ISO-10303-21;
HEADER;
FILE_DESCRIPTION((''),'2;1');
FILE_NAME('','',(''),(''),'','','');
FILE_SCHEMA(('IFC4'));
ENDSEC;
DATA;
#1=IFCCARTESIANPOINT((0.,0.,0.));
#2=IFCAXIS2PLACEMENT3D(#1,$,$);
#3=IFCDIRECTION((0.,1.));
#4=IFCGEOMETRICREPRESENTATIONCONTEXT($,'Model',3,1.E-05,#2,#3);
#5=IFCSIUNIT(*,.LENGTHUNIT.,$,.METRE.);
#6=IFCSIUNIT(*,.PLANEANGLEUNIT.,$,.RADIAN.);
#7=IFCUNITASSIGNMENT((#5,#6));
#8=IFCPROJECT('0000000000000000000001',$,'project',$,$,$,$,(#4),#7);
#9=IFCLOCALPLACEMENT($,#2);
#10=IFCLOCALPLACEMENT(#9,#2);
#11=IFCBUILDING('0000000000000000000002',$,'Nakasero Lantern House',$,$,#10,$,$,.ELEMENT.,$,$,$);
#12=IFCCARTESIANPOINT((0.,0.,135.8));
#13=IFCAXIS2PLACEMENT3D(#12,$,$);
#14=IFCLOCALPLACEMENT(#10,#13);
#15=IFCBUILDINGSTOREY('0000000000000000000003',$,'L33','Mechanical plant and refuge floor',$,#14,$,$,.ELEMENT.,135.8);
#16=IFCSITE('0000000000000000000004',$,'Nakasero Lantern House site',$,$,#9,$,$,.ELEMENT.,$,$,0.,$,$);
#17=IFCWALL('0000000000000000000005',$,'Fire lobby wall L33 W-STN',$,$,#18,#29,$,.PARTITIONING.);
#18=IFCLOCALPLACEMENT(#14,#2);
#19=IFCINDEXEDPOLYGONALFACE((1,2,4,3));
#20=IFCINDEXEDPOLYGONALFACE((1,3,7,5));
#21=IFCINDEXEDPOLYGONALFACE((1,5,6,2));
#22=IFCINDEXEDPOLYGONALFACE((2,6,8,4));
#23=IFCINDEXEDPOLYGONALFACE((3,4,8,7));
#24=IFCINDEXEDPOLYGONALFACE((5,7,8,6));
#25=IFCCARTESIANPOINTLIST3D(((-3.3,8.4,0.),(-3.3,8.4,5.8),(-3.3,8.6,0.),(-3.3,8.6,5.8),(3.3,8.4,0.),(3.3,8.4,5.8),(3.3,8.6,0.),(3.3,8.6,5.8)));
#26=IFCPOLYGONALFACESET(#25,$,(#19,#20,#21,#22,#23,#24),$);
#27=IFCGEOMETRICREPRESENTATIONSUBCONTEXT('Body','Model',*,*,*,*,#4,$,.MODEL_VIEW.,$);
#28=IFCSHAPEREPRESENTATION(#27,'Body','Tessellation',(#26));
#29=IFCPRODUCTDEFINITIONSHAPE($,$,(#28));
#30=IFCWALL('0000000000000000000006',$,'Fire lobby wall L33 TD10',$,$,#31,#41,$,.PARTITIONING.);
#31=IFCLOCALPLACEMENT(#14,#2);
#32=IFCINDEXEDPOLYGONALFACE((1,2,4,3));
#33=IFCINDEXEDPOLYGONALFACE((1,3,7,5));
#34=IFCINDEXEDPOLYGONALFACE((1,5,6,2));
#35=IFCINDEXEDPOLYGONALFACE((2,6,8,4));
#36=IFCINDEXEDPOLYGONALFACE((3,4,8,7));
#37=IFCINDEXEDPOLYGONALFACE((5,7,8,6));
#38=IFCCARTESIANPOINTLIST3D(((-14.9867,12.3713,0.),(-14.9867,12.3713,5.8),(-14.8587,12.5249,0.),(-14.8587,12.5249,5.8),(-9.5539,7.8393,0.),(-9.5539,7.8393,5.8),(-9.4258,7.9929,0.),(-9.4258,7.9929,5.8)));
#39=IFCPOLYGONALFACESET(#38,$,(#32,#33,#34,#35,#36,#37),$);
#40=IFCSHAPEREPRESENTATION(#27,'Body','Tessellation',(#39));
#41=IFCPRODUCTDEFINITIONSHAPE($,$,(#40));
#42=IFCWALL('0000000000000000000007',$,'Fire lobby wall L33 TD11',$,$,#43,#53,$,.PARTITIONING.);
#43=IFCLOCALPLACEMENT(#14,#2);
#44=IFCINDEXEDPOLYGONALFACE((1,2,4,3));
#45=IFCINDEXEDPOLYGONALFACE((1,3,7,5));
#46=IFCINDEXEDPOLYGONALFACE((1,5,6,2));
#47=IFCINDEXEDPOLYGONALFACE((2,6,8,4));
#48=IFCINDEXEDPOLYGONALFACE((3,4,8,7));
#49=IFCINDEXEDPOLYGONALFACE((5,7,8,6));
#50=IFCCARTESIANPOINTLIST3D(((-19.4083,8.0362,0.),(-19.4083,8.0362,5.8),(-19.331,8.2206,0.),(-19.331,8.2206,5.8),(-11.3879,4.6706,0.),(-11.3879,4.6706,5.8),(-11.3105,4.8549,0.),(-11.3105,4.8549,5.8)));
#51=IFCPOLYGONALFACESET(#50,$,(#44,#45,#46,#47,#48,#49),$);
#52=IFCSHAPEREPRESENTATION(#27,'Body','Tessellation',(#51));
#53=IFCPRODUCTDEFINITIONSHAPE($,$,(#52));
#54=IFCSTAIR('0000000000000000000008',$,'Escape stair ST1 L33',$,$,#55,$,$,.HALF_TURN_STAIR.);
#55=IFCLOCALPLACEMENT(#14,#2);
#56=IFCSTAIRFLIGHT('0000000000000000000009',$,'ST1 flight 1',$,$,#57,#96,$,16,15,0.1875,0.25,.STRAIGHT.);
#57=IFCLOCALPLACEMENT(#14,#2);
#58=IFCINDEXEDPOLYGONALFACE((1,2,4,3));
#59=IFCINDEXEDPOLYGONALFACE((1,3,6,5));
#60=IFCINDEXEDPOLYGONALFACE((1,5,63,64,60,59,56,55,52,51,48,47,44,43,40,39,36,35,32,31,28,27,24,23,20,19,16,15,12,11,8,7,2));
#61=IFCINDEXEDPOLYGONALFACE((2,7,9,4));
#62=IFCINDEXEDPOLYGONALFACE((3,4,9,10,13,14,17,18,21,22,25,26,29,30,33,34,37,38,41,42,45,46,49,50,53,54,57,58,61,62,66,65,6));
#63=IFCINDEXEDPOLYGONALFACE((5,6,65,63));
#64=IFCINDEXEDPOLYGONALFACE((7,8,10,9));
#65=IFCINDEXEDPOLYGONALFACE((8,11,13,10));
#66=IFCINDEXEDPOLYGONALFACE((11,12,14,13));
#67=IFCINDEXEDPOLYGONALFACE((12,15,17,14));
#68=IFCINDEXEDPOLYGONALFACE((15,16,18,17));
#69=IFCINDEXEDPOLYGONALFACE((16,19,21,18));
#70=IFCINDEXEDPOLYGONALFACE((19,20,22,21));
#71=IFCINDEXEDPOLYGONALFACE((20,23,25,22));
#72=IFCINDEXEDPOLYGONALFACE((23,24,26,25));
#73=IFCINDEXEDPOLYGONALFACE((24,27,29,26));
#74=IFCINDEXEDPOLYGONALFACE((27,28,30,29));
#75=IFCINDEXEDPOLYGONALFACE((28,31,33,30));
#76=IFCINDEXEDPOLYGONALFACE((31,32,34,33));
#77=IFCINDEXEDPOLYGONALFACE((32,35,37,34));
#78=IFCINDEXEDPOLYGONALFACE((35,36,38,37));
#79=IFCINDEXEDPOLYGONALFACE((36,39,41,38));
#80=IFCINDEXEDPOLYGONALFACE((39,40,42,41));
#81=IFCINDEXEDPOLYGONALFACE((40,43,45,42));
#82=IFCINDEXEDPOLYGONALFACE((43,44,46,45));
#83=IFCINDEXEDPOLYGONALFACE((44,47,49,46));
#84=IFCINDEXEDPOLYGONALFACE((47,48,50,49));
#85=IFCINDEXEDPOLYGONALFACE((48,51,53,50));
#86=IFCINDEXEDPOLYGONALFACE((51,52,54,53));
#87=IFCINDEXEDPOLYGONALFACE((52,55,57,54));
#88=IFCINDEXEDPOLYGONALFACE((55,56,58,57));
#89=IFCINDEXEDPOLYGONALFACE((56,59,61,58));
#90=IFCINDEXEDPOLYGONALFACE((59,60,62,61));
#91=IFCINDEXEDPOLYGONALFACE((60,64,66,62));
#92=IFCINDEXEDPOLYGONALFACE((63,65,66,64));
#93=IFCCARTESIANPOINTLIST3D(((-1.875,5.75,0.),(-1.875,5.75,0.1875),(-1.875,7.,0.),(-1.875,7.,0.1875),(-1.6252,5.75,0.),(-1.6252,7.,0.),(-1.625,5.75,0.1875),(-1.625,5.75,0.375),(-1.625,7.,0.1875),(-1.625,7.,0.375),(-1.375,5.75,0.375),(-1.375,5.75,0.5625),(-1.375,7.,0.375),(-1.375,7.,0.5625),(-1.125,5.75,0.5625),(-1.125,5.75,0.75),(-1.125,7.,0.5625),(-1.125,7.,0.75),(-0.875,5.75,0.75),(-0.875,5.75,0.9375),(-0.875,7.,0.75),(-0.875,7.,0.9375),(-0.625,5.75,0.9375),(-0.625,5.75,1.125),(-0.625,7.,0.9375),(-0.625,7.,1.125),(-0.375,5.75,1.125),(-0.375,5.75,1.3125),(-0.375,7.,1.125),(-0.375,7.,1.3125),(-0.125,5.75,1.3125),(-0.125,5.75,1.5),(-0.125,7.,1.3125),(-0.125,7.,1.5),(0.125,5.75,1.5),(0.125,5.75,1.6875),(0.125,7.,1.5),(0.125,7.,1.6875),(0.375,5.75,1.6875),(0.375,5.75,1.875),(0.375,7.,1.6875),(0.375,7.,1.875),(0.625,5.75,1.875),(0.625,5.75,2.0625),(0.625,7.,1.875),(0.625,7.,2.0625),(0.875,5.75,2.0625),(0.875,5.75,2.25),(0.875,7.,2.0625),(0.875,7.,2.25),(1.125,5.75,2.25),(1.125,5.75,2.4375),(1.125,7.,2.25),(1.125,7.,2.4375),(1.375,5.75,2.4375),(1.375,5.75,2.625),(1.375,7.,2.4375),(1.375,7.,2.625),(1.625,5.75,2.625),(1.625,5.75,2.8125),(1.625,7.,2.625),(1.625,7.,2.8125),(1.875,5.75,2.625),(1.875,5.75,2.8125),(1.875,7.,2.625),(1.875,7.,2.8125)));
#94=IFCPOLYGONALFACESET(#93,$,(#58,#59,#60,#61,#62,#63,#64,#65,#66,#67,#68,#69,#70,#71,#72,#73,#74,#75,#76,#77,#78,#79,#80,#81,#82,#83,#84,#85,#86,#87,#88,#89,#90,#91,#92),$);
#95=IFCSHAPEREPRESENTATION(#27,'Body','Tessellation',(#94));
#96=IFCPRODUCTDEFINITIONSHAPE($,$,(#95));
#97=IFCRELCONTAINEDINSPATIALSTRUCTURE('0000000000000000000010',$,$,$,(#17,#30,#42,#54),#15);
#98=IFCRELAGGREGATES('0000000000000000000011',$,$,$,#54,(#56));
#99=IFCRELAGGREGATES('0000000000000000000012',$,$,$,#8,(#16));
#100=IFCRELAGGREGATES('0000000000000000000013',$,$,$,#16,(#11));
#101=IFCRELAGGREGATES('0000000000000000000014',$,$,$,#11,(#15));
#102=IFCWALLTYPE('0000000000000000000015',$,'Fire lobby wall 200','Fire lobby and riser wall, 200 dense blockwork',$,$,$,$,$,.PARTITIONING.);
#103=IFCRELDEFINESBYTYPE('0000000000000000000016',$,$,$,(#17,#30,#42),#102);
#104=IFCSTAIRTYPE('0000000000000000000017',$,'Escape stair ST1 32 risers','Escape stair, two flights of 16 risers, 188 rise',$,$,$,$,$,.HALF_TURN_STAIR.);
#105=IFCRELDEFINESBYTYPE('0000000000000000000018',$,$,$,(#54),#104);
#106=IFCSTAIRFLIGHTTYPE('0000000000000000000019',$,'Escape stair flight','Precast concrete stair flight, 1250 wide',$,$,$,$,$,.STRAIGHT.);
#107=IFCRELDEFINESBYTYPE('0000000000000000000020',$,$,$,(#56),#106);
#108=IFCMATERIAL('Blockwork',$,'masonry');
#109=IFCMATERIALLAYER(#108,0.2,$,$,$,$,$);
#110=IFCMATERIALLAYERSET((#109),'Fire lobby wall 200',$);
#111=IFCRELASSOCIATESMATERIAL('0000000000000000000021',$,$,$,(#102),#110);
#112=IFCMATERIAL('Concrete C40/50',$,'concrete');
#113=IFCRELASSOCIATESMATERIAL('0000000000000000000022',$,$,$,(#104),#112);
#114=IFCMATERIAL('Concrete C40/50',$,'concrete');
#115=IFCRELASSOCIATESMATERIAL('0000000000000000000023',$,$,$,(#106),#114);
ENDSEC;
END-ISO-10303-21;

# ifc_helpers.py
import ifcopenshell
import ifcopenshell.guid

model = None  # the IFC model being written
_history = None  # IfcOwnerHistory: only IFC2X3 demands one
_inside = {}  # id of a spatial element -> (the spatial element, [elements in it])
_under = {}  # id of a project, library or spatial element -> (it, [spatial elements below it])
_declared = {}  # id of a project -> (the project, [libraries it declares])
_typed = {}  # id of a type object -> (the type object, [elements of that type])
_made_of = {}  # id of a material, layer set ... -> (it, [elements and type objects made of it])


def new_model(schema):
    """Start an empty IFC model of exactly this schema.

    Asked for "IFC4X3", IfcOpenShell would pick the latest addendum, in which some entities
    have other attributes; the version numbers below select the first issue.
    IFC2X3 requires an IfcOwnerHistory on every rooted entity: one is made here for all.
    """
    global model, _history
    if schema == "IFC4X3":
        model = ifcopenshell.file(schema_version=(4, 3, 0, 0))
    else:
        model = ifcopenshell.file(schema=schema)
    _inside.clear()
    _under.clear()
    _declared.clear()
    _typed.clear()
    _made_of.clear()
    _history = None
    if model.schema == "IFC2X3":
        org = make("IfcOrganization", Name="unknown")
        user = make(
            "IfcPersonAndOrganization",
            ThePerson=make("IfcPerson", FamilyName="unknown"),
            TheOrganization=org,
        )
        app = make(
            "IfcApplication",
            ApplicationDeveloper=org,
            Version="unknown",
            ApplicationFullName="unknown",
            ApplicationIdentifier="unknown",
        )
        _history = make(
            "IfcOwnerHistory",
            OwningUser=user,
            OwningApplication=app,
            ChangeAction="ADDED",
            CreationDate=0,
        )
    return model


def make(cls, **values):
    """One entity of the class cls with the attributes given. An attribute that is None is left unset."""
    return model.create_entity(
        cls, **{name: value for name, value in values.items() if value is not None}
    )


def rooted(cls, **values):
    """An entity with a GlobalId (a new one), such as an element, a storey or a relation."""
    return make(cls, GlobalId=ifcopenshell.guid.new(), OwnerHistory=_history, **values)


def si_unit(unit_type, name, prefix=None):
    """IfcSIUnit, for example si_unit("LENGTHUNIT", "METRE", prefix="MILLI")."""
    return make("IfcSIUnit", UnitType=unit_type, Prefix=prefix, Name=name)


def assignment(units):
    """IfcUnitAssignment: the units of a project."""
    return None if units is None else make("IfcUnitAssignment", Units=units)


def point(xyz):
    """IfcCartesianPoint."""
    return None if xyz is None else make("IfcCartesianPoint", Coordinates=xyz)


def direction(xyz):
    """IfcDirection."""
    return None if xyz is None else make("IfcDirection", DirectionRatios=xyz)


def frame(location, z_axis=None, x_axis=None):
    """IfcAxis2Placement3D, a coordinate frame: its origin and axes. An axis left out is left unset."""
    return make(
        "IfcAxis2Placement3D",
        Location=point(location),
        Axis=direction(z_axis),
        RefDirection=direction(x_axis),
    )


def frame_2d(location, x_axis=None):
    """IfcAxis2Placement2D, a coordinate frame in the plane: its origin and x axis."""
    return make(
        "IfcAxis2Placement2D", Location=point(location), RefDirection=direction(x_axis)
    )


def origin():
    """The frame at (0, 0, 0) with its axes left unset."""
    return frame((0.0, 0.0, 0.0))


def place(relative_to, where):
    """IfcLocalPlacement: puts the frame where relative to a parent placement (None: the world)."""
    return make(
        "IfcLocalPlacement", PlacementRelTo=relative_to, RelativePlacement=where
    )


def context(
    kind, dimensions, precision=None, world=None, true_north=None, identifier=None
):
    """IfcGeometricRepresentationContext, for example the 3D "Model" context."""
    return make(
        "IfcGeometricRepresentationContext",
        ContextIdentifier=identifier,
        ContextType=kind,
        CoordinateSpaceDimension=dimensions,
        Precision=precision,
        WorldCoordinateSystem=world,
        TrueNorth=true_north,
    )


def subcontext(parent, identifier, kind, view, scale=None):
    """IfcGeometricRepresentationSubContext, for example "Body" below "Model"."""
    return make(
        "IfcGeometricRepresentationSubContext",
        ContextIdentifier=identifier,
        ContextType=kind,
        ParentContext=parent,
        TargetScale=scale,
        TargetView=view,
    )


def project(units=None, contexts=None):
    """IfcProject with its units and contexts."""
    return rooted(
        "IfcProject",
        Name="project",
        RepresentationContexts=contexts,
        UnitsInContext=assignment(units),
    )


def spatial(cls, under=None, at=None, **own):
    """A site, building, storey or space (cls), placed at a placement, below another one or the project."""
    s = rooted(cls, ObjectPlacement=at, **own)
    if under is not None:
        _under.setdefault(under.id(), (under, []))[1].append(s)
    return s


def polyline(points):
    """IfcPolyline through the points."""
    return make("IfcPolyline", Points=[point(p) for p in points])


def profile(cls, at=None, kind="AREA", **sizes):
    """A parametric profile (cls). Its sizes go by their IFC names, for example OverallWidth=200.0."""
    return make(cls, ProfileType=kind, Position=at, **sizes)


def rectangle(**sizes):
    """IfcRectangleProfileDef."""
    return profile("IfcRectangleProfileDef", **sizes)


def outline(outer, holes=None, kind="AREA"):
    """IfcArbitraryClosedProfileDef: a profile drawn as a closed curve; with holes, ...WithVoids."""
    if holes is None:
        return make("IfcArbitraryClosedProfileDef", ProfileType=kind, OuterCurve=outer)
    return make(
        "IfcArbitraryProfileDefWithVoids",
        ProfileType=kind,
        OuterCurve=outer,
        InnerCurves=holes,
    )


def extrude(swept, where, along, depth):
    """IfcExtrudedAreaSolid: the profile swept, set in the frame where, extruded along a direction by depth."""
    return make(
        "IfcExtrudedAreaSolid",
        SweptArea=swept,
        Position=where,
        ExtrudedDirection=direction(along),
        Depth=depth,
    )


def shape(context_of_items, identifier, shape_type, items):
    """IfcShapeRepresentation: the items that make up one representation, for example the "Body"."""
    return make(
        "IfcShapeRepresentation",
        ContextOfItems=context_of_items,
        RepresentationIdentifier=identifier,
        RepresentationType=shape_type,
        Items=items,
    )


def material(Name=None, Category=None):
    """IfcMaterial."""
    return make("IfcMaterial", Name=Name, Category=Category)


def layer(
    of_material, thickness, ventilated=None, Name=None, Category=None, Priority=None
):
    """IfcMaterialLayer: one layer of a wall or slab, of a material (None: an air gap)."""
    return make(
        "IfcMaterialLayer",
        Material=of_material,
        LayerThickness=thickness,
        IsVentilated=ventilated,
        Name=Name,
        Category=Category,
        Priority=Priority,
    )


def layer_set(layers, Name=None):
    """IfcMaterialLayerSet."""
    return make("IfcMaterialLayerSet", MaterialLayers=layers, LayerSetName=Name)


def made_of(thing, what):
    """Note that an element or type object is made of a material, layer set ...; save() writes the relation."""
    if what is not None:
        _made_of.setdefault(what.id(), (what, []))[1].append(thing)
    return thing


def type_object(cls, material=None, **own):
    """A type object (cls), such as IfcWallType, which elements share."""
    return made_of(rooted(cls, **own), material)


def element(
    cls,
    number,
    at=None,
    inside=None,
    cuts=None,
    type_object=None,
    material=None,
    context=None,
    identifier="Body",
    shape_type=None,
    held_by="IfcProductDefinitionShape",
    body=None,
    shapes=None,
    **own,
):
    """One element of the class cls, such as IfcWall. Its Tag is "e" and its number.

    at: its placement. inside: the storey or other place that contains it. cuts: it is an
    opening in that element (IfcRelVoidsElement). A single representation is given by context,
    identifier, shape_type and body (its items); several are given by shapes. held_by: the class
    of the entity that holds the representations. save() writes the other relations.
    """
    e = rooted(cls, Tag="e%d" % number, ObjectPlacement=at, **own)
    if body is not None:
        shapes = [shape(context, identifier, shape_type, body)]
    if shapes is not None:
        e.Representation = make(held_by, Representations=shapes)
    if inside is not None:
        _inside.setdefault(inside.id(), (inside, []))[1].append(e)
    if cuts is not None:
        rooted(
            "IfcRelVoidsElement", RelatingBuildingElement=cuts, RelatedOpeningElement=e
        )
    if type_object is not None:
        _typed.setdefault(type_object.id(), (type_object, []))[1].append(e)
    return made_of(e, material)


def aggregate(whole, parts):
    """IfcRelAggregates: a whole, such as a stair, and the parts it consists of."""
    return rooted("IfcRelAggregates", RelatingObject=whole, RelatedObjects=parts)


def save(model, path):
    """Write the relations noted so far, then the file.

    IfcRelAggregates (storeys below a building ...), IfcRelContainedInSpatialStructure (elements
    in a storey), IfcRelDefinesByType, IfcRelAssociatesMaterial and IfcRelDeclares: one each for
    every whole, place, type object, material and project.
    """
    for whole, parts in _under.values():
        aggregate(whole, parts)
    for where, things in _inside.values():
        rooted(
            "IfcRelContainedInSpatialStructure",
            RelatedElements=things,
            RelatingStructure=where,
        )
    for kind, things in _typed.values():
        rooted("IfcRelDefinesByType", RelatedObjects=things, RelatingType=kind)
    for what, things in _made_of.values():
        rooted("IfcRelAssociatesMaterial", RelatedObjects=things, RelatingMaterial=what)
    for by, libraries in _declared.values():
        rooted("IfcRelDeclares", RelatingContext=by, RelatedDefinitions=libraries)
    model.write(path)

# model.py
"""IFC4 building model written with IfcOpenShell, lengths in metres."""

from ifc_helpers import new_model, si_unit, direction, frame, frame_2d, origin, place, context, subcontext, project, spatial, polyline, rectangle, outline, extrude, material, layer, layer_set, type_object, element, aggregate, save


model = new_model("IFC4")

# Units and contexts
model_context = context("Model", 3, precision=1e-05, world=origin(), true_north=direction((0.0, 1.0)))
body_context = subcontext(model_context, "Body", "Model", "MODEL_VIEW")
ifc_project = project(units=[si_unit("LENGTHUNIT", "METRE"), si_unit("PLANEANGLEUNIT", "RADIAN")], contexts=[model_context])

# Site, building, storey
site_placement = place(None, origin())
site = spatial("IfcSite", under=ifc_project, at=site_placement, Name="Nakasero Lantern House site", CompositionType="ELEMENT", RefElevation=0.0)
building_placement = place(site_placement, origin())
building = spatial("IfcBuilding", under=site, at=building_placement, Name="Nakasero Lantern House", CompositionType="ELEMENT")
storey_placement = place(building_placement, frame((0.0, 0.0, 135.8)))
storey = spatial("IfcBuildingStorey", under=building, at=storey_placement, Name="L33", Description="Mechanical plant and refuge floor", CompositionType="ELEMENT", Elevation=135.8)

# Shared definitions
ifc_material_1 = material(Name="Blockwork", Category="masonry")
ifc_layer_1 = layer(ifc_material_1, 0.2)
ifc_layer_set_1 = layer_set([ifc_layer_1], Name="Fire lobby wall 200")
wall_type_1 = type_object("IfcWallType", Name="Fire lobby wall 200", Description="Fire lobby and riser wall, 200 dense blockwork", PredefinedType="PARTITIONING", material=ifc_layer_set_1)

# Walls
wall_1_placement = place(storey_placement, frame((-3.3, 8.5, 0.0), z_axis=(0.0, 0.0, 1.0), x_axis=(1.0, 0.0, 0.0)))
element("IfcWall", 1, at=wall_1_placement, inside=storey, type_object=wall_type_1, Name="Fire lobby wall L33 W-STN", PredefinedType="PARTITIONING", context=body_context, shape_type="SweptSolid", body=[
    extrude(rectangle(XDim=6.6001, YDim=0.2, at=frame_2d((3.3, 0.0))), origin(), (0.0, 0.0, 1.0), 5.8),
])
wall_2_placement = place(storey_placement, frame((-9.4897, 7.916, 0.0), z_axis=(0.0, 0.0, 1.0), x_axis=(-0.767902, 0.640568, 0.0)))
element("IfcWall", 2, at=wall_2_placement, inside=storey, type_object=wall_type_1, Name="Fire lobby wall L33 TD10", PredefinedType="PARTITIONING", context=body_context, shape_type="SweptSolid", body=[
    extrude(rectangle(XDim=7.075, YDim=0.2, at=frame_2d((3.5376, 0.0))), origin(), (0.0, 0.0, 1.0), 5.8),
])
wall_3_placement = place(storey_placement, frame((-11.3491, 4.7627, 0.0), z_axis=(0.0, 0.0, 1.0), x_axis=(-0.922101, 0.38695, 0.0)))
element("IfcWall", 3, at=wall_3_placement, inside=storey, type_object=wall_type_1, Name="Fire lobby wall L33 TD11", PredefinedType="PARTITIONING", context=body_context, shape_type="SweptSolid", body=[
    extrude(rectangle(XDim=8.698, YDim=0.2, at=frame_2d((4.3491, 0.0))), origin(), (0.0, 0.0, 1.0), 5.8),
])

# Stair, stair flight
ifc_material_2 = material(Name="Concrete C40/50", Category="concrete")
stair_type = type_object("IfcStairType", Name="Escape stair ST1 32 risers", Description="Escape stair, two flights of 16 risers, 188 rise", PredefinedType="HALF_TURN_STAIR", material=ifc_material_2)
stair_placement = place(storey_placement, origin())
stair = element("IfcStair", 4, at=stair_placement, inside=storey, type_object=stair_type, Name="Escape stair ST1 L33", PredefinedType="HALF_TURN_STAIR")
ifc_material_3 = material(Name="Concrete C40/50", Category="concrete")
stair_flight_type = type_object("IfcStairFlightType", Name="Escape stair flight", Description="Precast concrete stair flight, 1250 wide", PredefinedType="STRAIGHT", material=ifc_material_3)
stair_flight_placement = place(storey_placement, frame((-1.875, 6.375, 0.0), z_axis=(0.0, 0.0, 1.0), x_axis=(1.0, 0.0, 0.0)))
stair_flight = element("IfcStairFlight", 5, at=stair_flight_placement, type_object=stair_flight_type, Name="ST1 flight 1", NumberOfRisers=16, NumberOfTreads=15, PredefinedType="STRAIGHT", RiserHeight=0.1875, TreadLength=0.25, context=body_context, shape_type="SweptSolid", body=[
    extrude(outline(polyline([(0.0, 0.0), (0.0, 0.1875), (0.25, 0.1875), (0.25, 0.375), (0.5, 0.375), (0.5, 0.5625), (0.75, 0.5625), (0.75, 0.75), (1.0, 0.75), (1.0, 0.9375), (1.25, 0.9375), (1.25, 1.125), (1.5, 1.125), (1.5, 1.3125), (1.75, 1.3125), (1.75, 1.5), (2.0, 1.5), (2.0, 1.6875), (2.25, 1.6875), (2.25, 1.875), (2.5, 1.875), (2.5, 2.0625), (2.75, 2.0625), (2.75, 2.25), (3.0, 2.25), (3.0, 2.4375), (3.25, 2.4375), (3.25, 2.625), (3.5, 2.625), (3.5, 2.8125), (3.75, 2.8125), (3.75, 3.0), (3.75, 2.625), (0.2498, 0.0), (0.0, 0.0)])), frame((0.0, 0.625, 0.0), z_axis=(0.0, -1.0, 0.0), x_axis=(1.0, 0.0, 0.0)), (0.0, 0.0, 1.0), 1.25),
])
aggregate(stair, [stair_flight])

save(model, "model.ifc")
